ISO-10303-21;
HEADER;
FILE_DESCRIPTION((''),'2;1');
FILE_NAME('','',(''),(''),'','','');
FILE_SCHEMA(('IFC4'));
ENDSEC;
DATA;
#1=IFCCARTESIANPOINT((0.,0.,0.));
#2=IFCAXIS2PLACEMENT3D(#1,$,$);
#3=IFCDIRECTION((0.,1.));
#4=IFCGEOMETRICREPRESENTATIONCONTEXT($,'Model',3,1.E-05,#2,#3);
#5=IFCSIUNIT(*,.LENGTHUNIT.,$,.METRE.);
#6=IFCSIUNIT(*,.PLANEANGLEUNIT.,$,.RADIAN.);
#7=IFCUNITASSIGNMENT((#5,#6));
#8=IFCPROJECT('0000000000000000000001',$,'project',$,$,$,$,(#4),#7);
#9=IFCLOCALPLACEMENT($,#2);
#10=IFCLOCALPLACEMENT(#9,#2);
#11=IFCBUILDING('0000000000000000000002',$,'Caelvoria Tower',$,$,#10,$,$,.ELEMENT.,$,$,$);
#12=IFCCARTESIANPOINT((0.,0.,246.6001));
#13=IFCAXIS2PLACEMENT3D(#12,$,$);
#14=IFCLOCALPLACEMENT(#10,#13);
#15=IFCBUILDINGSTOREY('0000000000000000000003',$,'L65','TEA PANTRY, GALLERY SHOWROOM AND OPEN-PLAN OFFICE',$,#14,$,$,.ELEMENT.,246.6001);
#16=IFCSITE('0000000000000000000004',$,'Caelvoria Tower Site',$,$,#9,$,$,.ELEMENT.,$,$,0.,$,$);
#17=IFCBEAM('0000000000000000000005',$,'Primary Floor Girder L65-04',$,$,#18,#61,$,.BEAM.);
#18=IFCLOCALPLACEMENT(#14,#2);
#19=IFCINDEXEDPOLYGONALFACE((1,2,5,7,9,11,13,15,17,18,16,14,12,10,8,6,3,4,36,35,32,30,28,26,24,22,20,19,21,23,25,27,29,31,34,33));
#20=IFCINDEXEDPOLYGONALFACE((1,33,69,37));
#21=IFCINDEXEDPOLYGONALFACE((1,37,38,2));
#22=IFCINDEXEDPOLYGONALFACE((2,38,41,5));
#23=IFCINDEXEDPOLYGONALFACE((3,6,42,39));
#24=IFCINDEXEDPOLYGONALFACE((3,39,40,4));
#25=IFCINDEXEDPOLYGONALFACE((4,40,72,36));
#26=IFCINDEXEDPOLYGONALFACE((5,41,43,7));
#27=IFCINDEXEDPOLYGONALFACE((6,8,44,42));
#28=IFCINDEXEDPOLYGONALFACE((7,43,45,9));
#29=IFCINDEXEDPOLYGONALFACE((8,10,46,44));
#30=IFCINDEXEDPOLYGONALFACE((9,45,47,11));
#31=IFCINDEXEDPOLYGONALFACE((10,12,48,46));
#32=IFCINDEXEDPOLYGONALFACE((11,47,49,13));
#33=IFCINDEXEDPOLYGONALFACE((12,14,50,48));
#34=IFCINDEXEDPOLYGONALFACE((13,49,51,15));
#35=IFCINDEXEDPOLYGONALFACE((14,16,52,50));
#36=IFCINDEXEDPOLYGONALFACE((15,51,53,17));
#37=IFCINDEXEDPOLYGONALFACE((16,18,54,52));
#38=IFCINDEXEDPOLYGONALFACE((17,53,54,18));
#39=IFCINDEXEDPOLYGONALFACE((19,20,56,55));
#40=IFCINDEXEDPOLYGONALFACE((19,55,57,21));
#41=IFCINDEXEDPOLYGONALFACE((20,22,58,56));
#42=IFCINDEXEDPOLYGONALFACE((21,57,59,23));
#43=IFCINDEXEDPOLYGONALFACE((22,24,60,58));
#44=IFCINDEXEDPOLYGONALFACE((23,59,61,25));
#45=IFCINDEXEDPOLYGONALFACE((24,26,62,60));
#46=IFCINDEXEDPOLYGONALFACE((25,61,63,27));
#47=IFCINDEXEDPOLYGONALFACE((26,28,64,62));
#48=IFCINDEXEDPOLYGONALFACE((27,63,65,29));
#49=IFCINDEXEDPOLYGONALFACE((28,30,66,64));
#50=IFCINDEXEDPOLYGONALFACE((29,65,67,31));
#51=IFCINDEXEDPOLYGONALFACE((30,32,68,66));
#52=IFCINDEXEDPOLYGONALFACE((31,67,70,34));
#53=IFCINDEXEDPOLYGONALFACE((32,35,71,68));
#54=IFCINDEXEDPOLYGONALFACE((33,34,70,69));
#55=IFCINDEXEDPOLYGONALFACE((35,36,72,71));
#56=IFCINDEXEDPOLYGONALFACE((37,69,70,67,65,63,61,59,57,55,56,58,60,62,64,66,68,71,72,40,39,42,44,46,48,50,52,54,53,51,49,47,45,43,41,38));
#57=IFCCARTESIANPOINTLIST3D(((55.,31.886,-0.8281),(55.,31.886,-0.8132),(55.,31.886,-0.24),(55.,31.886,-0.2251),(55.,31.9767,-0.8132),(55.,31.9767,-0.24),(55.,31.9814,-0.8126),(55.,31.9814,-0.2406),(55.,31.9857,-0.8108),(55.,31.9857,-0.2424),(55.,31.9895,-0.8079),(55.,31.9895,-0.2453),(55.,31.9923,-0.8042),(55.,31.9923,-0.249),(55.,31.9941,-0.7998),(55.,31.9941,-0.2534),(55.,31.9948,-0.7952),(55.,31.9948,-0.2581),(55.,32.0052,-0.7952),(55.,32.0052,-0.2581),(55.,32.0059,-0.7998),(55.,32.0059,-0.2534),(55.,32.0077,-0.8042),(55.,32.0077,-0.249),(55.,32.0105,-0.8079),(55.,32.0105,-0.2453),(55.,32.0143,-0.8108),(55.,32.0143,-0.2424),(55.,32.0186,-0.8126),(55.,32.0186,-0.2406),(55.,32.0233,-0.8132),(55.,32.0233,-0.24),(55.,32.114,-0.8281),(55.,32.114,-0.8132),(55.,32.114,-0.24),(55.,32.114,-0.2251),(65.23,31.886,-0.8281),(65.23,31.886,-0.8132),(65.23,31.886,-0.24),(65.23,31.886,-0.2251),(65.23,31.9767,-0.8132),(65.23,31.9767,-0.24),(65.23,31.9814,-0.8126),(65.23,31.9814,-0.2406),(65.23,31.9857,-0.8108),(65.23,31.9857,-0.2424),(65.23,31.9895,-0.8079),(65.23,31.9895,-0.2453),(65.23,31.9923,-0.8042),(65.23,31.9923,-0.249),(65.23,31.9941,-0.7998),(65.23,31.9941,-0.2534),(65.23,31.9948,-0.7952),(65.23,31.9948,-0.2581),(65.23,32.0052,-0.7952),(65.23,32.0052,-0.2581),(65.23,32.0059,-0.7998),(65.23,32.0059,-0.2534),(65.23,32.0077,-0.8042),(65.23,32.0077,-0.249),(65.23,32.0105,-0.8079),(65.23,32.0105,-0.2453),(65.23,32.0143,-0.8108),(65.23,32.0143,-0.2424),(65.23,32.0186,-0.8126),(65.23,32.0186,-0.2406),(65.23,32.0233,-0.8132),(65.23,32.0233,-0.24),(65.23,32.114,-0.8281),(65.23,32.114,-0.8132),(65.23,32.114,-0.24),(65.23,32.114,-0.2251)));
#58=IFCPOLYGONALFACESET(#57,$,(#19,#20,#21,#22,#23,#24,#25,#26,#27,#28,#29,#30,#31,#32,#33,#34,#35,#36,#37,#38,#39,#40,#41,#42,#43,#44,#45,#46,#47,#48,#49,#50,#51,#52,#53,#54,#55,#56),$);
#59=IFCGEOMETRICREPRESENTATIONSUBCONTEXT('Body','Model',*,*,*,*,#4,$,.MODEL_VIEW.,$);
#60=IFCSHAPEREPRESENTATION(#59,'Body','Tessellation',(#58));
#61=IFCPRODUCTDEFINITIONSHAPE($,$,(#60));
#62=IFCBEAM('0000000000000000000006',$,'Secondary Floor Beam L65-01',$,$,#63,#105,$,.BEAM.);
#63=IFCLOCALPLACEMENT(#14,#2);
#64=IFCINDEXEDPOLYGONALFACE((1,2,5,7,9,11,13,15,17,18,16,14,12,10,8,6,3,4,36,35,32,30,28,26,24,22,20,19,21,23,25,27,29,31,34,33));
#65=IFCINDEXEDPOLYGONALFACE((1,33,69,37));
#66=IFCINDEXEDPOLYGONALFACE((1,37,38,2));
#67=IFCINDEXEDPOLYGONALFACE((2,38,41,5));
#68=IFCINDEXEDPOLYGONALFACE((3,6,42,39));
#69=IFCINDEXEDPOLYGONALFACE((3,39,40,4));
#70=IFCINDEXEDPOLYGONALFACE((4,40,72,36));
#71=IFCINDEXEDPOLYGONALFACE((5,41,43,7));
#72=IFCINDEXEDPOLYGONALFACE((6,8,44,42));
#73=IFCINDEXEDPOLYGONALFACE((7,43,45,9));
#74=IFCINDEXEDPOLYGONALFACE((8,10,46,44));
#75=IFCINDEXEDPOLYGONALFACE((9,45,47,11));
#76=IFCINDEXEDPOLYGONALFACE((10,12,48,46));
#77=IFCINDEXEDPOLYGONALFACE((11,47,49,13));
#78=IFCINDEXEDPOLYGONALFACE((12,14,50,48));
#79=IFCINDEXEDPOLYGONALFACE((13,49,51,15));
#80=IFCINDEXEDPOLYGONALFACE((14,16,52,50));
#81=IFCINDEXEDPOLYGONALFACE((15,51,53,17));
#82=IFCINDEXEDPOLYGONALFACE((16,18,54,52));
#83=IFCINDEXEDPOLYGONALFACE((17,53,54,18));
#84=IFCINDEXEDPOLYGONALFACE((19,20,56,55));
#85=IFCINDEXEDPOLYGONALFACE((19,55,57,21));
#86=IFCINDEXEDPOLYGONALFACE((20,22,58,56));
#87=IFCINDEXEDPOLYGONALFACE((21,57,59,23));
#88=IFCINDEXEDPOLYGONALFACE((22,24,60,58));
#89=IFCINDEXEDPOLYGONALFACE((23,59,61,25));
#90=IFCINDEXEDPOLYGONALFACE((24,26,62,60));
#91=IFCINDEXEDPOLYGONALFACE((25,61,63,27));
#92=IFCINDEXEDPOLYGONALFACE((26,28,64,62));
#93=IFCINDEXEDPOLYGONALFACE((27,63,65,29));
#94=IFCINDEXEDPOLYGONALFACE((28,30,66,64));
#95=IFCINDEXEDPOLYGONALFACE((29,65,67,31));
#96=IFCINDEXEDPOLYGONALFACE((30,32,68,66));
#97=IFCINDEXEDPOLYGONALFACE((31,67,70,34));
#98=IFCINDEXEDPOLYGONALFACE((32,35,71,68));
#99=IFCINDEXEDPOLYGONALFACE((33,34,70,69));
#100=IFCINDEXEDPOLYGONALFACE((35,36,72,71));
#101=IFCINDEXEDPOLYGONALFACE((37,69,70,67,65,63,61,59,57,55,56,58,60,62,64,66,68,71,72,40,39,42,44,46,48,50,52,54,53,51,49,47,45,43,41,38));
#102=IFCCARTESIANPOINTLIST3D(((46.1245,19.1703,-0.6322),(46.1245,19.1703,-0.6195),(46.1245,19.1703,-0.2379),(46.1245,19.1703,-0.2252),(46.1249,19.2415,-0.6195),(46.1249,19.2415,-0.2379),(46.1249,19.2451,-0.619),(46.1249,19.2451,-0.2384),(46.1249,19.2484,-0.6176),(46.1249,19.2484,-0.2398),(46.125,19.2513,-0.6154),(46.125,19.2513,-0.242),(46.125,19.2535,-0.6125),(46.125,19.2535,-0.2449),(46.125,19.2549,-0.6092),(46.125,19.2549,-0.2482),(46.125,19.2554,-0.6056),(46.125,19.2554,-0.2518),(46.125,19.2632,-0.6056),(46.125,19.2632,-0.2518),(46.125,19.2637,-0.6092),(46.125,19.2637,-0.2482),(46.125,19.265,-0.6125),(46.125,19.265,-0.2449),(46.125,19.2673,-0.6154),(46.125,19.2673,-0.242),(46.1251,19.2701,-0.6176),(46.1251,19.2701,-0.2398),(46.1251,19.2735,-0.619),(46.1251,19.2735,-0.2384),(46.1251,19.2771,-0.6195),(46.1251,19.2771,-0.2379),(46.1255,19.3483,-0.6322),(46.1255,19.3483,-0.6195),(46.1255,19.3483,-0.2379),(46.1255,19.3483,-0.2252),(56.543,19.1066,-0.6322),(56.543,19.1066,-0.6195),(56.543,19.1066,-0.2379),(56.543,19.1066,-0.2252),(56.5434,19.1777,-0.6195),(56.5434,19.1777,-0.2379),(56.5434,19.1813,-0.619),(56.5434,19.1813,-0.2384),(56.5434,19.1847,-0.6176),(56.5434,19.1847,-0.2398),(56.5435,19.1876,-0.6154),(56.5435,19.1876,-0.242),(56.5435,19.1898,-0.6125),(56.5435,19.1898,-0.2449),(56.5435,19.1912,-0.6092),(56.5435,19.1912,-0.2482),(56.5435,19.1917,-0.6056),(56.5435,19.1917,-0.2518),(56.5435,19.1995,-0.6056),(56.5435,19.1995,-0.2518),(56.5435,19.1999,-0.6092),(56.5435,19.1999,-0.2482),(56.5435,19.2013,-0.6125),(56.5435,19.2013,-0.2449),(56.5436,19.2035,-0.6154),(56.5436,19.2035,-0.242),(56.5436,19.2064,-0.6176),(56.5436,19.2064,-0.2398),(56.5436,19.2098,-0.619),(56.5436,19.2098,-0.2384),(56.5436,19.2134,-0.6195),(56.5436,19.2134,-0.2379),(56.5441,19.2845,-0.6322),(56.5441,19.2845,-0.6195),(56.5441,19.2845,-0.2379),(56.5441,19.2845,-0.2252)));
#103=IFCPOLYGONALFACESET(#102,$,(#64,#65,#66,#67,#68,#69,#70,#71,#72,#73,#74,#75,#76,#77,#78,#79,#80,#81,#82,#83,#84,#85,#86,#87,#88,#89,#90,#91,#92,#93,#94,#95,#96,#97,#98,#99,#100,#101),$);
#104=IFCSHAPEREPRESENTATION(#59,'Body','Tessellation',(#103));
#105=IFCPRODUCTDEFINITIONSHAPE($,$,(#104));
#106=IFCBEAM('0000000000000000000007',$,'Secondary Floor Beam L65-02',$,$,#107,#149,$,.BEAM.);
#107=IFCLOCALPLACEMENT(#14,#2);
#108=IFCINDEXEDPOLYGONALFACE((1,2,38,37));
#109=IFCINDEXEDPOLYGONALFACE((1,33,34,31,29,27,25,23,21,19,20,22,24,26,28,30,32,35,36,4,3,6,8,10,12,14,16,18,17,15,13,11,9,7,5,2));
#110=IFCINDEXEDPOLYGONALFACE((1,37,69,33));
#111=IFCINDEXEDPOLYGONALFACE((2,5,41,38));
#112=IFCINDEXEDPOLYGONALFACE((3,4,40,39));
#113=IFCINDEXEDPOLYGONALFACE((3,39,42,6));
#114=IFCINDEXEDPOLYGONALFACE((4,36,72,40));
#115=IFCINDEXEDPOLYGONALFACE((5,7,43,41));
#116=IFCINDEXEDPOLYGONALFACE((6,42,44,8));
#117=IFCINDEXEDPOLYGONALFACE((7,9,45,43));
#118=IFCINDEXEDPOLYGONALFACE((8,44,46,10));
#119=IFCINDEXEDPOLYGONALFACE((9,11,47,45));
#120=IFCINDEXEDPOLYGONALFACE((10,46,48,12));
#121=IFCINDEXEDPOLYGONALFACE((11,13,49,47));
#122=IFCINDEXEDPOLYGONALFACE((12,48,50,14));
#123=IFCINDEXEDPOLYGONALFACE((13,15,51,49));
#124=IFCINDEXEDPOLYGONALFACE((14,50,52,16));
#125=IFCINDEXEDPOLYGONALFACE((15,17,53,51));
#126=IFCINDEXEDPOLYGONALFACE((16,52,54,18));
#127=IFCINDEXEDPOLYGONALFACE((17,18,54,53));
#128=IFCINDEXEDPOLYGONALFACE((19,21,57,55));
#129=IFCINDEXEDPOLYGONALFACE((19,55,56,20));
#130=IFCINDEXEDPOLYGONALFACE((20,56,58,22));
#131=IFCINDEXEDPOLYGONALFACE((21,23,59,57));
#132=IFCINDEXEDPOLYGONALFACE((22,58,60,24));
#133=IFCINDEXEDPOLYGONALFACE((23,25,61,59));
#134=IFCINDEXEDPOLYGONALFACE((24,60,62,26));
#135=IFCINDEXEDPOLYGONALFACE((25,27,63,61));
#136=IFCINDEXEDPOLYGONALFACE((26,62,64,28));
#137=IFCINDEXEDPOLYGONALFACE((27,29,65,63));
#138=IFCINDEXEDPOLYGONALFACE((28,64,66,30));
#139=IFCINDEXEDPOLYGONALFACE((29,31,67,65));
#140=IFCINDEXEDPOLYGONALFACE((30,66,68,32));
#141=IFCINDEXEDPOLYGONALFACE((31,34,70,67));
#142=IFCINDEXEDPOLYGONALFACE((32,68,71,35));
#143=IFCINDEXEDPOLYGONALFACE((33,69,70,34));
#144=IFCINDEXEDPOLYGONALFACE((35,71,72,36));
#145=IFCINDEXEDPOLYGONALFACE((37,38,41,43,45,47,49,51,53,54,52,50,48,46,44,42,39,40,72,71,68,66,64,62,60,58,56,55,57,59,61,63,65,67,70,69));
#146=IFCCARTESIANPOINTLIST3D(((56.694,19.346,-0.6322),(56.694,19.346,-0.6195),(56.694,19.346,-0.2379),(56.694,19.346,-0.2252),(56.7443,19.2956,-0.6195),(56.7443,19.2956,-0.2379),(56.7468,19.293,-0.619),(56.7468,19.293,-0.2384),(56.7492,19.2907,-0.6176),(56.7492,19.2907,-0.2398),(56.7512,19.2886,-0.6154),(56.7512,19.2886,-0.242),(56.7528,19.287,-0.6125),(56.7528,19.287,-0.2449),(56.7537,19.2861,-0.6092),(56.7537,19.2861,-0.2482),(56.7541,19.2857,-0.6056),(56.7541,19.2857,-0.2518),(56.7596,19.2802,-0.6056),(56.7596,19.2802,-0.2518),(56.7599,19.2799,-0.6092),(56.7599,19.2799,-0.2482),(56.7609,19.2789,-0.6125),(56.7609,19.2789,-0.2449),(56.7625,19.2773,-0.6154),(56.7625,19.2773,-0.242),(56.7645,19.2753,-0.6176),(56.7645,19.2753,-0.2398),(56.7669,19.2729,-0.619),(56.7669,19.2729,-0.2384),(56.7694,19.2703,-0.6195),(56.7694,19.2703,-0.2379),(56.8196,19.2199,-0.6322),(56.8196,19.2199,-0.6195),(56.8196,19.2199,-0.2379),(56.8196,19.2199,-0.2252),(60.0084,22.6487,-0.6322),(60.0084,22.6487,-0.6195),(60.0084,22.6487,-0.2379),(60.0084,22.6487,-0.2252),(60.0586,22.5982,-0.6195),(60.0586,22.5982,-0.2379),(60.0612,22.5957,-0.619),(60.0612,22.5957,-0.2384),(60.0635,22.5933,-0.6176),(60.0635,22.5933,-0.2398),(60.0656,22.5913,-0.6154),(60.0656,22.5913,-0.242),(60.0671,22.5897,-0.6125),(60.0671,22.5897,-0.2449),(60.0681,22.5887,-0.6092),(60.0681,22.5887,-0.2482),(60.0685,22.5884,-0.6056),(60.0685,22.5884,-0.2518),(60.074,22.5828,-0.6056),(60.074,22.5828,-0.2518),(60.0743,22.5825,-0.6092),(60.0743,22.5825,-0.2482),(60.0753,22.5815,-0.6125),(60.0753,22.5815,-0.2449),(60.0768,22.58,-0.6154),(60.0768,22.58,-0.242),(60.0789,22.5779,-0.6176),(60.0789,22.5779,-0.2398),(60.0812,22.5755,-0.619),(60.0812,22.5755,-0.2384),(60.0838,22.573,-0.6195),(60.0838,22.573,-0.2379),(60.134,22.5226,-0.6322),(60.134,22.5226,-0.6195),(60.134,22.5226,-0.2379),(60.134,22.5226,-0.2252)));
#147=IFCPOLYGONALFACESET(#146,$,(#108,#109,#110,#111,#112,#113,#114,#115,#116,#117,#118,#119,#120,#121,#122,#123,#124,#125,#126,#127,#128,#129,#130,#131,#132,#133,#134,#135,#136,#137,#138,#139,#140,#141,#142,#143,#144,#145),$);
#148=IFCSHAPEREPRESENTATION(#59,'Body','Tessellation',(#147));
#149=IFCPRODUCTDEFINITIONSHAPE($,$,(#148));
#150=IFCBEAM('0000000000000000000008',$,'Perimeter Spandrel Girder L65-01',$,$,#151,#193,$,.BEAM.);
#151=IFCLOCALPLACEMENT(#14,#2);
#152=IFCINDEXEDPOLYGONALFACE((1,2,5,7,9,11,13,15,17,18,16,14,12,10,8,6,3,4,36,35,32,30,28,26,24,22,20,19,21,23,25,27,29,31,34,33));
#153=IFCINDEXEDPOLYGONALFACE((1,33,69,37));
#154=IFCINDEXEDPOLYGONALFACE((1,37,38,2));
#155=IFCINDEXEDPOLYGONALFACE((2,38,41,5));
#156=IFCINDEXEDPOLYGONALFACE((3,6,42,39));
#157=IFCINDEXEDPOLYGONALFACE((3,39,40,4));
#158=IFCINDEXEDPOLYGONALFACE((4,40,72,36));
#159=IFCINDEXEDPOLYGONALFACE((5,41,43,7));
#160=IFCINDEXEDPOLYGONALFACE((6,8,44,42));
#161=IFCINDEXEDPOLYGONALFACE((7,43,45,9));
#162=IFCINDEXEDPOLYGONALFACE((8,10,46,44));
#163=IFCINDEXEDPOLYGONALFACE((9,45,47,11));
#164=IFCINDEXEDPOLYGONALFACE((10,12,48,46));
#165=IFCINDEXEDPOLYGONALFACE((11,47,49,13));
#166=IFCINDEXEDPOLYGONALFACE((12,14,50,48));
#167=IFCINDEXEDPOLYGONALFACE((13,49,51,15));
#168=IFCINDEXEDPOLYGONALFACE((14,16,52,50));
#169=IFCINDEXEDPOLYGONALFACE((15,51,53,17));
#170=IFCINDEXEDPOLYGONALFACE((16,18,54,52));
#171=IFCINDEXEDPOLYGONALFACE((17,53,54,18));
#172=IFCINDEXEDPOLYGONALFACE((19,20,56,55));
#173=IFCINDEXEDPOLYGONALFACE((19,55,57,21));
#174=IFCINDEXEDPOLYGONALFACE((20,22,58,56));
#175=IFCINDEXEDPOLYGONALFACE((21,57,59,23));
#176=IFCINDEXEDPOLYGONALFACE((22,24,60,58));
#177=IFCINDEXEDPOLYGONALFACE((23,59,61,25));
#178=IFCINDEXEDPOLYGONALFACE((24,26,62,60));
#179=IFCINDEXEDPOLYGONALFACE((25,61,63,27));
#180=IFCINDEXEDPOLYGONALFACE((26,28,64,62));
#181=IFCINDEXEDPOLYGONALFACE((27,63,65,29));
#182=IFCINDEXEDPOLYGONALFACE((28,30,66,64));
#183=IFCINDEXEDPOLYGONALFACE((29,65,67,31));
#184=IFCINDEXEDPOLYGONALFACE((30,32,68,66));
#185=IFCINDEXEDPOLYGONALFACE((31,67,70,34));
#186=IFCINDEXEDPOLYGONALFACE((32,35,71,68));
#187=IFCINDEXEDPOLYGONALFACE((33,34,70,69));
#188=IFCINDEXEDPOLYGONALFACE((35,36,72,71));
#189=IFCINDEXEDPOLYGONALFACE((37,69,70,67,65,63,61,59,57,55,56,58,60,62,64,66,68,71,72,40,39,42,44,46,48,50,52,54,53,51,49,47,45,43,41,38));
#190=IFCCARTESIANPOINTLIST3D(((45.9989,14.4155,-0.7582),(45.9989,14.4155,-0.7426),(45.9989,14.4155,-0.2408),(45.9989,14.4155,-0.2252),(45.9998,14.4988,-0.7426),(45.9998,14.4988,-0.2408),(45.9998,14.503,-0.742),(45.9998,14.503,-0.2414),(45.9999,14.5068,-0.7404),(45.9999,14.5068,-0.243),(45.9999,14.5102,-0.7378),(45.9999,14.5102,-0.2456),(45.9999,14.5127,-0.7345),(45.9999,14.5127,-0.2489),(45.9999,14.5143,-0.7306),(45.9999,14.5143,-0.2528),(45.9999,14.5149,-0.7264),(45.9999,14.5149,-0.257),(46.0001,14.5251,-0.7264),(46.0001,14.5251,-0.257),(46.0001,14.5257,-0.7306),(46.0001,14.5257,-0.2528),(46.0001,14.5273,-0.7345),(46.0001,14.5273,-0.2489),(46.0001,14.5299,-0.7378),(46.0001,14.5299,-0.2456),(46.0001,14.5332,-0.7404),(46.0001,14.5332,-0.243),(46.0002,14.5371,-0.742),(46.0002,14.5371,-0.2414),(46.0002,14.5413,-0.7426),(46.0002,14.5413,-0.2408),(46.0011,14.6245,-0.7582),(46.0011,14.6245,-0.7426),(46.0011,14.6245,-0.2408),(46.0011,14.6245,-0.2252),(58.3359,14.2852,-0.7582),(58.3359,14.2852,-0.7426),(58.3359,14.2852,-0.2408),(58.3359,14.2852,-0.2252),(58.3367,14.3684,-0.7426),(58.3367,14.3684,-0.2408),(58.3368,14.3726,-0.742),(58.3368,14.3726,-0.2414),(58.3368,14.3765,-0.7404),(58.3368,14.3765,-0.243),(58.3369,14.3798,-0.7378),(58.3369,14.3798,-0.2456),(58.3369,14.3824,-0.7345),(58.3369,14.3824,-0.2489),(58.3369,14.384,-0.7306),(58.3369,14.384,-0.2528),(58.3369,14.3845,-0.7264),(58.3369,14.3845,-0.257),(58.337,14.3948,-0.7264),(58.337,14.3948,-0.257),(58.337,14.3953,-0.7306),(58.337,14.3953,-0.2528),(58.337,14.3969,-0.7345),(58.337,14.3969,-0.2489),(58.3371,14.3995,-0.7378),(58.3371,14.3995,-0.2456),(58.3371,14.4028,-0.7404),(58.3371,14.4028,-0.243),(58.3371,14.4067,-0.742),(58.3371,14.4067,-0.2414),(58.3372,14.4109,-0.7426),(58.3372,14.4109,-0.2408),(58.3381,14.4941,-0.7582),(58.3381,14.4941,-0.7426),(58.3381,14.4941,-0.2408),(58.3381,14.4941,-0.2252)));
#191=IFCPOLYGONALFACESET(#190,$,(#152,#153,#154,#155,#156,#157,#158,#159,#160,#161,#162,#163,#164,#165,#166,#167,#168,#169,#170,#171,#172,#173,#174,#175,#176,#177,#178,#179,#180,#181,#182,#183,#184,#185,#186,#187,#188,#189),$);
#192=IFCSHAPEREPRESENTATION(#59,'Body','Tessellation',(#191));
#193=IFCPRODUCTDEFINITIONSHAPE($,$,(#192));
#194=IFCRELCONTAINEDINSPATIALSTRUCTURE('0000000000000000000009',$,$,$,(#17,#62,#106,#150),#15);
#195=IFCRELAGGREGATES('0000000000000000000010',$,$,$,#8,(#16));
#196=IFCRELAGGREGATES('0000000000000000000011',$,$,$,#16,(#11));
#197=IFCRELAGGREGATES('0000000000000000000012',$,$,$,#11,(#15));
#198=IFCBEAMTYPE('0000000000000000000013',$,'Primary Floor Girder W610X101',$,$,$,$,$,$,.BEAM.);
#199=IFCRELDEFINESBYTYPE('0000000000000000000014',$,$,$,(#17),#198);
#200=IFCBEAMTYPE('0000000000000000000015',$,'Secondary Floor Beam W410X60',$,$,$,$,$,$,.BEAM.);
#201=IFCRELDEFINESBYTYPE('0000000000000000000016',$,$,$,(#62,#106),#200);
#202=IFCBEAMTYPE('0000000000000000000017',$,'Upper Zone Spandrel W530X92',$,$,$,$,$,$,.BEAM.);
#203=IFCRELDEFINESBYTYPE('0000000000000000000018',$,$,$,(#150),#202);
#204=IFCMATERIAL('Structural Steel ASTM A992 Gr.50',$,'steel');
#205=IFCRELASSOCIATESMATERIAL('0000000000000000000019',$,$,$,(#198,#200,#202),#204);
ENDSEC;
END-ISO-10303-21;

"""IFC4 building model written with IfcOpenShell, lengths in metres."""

from ifc_helpers import new_model, si_unit, direction, frame, origin, origin_2d, place, context, subcontext, project, spatial, i_section, extrude, material, material_profile, profile_set, type_object, element, save


model = new_model("IFC4")

# Units and contexts
model_context = context("Model", 3, precision=1e-05, world=origin(), true_north=direction((0.0, 1.0)))
body_context = subcontext(model_context, "Body", "Model", "MODEL_VIEW")
ifc_project = project(units=[si_unit("LENGTHUNIT", "METRE"), si_unit("PLANEANGLEUNIT", "RADIAN")], contexts=[model_context])

# Site, building, storey
site_placement = place(None, origin())
site = spatial("IfcSite", under=ifc_project, at=site_placement, Name="Caelvoria Tower Site", CompositionType="ELEMENT", RefElevation=0.0)
building_placement = place(site_placement, origin())
building = spatial("IfcBuilding", under=site, at=building_placement, Name="Caelvoria Tower", CompositionType="ELEMENT")
storey_placement = place(building_placement, frame((0.0, 0.0, 246.6001)))
storey = spatial("IfcBuildingStorey", under=building, at=storey_placement, Name="L65", Description="TEA PANTRY, GALLERY SHOWROOM AND OPEN-PLAN OFFICE", CompositionType="ELEMENT", Elevation=246.6001)

# Shared definitions
ifc_material_1 = material(Name="Structural Steel ASTM A992 Gr.50", Category="steel")

# Beams
ifc_material_profile_1 = material_profile(ifc_material_1, i_section(OverallWidth=0.228, OverallDepth=0.603, WebThickness=0.0105, FlangeThickness=0.0149, FilletRadius=0.0181, at=origin_2d()), Name="Structural Steel ASTM A992 Gr.50")
ifc_profile_set_1 = profile_set([ifc_material_profile_1], Name="W610X101 - Structural Steel ASTM A992 Gr.50")
beam_type_1 = type_object("IfcBeamType", Name="Primary Floor Girder W610X101", PredefinedType="BEAM", material=ifc_profile_set_1)
beam_1_placement = place(storey_placement, frame((55.0, 32.0, -0.5266), z_axis=(1.0, 0.0, 0.0), x_axis=(0.0, 1.0, 0.0)))
element("IfcBeam", 1, at=beam_1_placement, inside=storey, type_object=beam_type_1, Name="Primary Floor Girder L65-04", PredefinedType="BEAM", context=body_context, shape_type="SweptSolid", body=[
    extrude(i_section(OverallWidth=0.228, OverallDepth=0.603, WebThickness=0.0105, FlangeThickness=0.0149, FilletRadius=0.0181, at=origin_2d()), origin(), (0.0, 0.0, 1.0), 10.23),
])
ifc_material_profile_2 = material_profile(ifc_material_1, i_section(OverallWidth=0.178, OverallDepth=0.407, WebThickness=0.0078, FlangeThickness=0.0127, FilletRadius=0.0139, at=origin_2d()), Name="Structural Steel ASTM A992 Gr.50")
ifc_profile_set_2 = profile_set([ifc_material_profile_2], Name="W410X60 - Structural Steel ASTM A992 Gr.50")
beam_type_2 = type_object("IfcBeamType", Name="Secondary Floor Beam W410X60", PredefinedType="BEAM", material=ifc_profile_set_2)
beam_2_placement = place(storey_placement, frame((46.125, 19.2593, -0.4287), z_axis=(0.999981, -0.006116, 0.0), x_axis=(0.006116, 0.999981, 0.0)))
element("IfcBeam", 2, at=beam_2_placement, inside=storey, type_object=beam_type_2, Name="Secondary Floor Beam L65-01", PredefinedType="BEAM", context=body_context, shape_type="SweptSolid", body=[
    extrude(i_section(OverallWidth=0.178, OverallDepth=0.407, WebThickness=0.0078, FlangeThickness=0.0127, FilletRadius=0.0139, at=origin_2d()), origin(), (0.0, 0.0, 1.0), 10.4187),
])
beam_3_placement = place(storey_placement, frame((56.7568, 19.283, -0.4287), z_axis=(0.708358, 0.705853, 0.0), x_axis=(-0.705853, 0.708358, 0.0)))
element("IfcBeam", 3, at=beam_3_placement, inside=storey, type_object=beam_type_2, Name="Secondary Floor Beam L65-02", PredefinedType="BEAM", context=body_context, shape_type="SweptSolid", body=[
    extrude(i_section(OverallWidth=0.178, OverallDepth=0.407, WebThickness=0.0078, FlangeThickness=0.0127, FilletRadius=0.0139, at=origin_2d()), origin(), (0.0, 0.0, 1.0), 4.679),
])
ifc_material_profile_3 = material_profile(ifc_material_1, i_section(OverallWidth=0.209, OverallDepth=0.533, WebThickness=0.0103, FlangeThickness=0.0156, FilletRadius=0.0161, at=origin_2d()), Name="Structural Steel ASTM A992 Gr.50")
ifc_profile_set_3 = profile_set([ifc_material_profile_3], Name="W530X92 - Structural Steel ASTM A992 Gr.50")
beam_type_3 = type_object("IfcBeamType", Name="Upper Zone Spandrel W530X92", PredefinedType="BEAM", material=ifc_profile_set_3)
beam_4_placement = place(storey_placement, frame((46.0, 14.52, -0.4917), z_axis=(0.999944, -0.010567, 0.0), x_axis=(0.010567, 0.999944, 0.0)))
element("IfcBeam", 4, at=beam_4_placement, inside=storey, type_object=beam_type_3, Name="Perimeter Spandrel Girder L65-01", PredefinedType="BEAM", context=body_context, shape_type="SweptSolid", body=[
    extrude(i_section(OverallWidth=0.209, OverallDepth=0.533, WebThickness=0.0103, FlangeThickness=0.0156, FilletRadius=0.0161, at=origin_2d()), origin(), (0.0, 0.0, 1.0), 12.3376),
])

save(model, "model.ifc")
